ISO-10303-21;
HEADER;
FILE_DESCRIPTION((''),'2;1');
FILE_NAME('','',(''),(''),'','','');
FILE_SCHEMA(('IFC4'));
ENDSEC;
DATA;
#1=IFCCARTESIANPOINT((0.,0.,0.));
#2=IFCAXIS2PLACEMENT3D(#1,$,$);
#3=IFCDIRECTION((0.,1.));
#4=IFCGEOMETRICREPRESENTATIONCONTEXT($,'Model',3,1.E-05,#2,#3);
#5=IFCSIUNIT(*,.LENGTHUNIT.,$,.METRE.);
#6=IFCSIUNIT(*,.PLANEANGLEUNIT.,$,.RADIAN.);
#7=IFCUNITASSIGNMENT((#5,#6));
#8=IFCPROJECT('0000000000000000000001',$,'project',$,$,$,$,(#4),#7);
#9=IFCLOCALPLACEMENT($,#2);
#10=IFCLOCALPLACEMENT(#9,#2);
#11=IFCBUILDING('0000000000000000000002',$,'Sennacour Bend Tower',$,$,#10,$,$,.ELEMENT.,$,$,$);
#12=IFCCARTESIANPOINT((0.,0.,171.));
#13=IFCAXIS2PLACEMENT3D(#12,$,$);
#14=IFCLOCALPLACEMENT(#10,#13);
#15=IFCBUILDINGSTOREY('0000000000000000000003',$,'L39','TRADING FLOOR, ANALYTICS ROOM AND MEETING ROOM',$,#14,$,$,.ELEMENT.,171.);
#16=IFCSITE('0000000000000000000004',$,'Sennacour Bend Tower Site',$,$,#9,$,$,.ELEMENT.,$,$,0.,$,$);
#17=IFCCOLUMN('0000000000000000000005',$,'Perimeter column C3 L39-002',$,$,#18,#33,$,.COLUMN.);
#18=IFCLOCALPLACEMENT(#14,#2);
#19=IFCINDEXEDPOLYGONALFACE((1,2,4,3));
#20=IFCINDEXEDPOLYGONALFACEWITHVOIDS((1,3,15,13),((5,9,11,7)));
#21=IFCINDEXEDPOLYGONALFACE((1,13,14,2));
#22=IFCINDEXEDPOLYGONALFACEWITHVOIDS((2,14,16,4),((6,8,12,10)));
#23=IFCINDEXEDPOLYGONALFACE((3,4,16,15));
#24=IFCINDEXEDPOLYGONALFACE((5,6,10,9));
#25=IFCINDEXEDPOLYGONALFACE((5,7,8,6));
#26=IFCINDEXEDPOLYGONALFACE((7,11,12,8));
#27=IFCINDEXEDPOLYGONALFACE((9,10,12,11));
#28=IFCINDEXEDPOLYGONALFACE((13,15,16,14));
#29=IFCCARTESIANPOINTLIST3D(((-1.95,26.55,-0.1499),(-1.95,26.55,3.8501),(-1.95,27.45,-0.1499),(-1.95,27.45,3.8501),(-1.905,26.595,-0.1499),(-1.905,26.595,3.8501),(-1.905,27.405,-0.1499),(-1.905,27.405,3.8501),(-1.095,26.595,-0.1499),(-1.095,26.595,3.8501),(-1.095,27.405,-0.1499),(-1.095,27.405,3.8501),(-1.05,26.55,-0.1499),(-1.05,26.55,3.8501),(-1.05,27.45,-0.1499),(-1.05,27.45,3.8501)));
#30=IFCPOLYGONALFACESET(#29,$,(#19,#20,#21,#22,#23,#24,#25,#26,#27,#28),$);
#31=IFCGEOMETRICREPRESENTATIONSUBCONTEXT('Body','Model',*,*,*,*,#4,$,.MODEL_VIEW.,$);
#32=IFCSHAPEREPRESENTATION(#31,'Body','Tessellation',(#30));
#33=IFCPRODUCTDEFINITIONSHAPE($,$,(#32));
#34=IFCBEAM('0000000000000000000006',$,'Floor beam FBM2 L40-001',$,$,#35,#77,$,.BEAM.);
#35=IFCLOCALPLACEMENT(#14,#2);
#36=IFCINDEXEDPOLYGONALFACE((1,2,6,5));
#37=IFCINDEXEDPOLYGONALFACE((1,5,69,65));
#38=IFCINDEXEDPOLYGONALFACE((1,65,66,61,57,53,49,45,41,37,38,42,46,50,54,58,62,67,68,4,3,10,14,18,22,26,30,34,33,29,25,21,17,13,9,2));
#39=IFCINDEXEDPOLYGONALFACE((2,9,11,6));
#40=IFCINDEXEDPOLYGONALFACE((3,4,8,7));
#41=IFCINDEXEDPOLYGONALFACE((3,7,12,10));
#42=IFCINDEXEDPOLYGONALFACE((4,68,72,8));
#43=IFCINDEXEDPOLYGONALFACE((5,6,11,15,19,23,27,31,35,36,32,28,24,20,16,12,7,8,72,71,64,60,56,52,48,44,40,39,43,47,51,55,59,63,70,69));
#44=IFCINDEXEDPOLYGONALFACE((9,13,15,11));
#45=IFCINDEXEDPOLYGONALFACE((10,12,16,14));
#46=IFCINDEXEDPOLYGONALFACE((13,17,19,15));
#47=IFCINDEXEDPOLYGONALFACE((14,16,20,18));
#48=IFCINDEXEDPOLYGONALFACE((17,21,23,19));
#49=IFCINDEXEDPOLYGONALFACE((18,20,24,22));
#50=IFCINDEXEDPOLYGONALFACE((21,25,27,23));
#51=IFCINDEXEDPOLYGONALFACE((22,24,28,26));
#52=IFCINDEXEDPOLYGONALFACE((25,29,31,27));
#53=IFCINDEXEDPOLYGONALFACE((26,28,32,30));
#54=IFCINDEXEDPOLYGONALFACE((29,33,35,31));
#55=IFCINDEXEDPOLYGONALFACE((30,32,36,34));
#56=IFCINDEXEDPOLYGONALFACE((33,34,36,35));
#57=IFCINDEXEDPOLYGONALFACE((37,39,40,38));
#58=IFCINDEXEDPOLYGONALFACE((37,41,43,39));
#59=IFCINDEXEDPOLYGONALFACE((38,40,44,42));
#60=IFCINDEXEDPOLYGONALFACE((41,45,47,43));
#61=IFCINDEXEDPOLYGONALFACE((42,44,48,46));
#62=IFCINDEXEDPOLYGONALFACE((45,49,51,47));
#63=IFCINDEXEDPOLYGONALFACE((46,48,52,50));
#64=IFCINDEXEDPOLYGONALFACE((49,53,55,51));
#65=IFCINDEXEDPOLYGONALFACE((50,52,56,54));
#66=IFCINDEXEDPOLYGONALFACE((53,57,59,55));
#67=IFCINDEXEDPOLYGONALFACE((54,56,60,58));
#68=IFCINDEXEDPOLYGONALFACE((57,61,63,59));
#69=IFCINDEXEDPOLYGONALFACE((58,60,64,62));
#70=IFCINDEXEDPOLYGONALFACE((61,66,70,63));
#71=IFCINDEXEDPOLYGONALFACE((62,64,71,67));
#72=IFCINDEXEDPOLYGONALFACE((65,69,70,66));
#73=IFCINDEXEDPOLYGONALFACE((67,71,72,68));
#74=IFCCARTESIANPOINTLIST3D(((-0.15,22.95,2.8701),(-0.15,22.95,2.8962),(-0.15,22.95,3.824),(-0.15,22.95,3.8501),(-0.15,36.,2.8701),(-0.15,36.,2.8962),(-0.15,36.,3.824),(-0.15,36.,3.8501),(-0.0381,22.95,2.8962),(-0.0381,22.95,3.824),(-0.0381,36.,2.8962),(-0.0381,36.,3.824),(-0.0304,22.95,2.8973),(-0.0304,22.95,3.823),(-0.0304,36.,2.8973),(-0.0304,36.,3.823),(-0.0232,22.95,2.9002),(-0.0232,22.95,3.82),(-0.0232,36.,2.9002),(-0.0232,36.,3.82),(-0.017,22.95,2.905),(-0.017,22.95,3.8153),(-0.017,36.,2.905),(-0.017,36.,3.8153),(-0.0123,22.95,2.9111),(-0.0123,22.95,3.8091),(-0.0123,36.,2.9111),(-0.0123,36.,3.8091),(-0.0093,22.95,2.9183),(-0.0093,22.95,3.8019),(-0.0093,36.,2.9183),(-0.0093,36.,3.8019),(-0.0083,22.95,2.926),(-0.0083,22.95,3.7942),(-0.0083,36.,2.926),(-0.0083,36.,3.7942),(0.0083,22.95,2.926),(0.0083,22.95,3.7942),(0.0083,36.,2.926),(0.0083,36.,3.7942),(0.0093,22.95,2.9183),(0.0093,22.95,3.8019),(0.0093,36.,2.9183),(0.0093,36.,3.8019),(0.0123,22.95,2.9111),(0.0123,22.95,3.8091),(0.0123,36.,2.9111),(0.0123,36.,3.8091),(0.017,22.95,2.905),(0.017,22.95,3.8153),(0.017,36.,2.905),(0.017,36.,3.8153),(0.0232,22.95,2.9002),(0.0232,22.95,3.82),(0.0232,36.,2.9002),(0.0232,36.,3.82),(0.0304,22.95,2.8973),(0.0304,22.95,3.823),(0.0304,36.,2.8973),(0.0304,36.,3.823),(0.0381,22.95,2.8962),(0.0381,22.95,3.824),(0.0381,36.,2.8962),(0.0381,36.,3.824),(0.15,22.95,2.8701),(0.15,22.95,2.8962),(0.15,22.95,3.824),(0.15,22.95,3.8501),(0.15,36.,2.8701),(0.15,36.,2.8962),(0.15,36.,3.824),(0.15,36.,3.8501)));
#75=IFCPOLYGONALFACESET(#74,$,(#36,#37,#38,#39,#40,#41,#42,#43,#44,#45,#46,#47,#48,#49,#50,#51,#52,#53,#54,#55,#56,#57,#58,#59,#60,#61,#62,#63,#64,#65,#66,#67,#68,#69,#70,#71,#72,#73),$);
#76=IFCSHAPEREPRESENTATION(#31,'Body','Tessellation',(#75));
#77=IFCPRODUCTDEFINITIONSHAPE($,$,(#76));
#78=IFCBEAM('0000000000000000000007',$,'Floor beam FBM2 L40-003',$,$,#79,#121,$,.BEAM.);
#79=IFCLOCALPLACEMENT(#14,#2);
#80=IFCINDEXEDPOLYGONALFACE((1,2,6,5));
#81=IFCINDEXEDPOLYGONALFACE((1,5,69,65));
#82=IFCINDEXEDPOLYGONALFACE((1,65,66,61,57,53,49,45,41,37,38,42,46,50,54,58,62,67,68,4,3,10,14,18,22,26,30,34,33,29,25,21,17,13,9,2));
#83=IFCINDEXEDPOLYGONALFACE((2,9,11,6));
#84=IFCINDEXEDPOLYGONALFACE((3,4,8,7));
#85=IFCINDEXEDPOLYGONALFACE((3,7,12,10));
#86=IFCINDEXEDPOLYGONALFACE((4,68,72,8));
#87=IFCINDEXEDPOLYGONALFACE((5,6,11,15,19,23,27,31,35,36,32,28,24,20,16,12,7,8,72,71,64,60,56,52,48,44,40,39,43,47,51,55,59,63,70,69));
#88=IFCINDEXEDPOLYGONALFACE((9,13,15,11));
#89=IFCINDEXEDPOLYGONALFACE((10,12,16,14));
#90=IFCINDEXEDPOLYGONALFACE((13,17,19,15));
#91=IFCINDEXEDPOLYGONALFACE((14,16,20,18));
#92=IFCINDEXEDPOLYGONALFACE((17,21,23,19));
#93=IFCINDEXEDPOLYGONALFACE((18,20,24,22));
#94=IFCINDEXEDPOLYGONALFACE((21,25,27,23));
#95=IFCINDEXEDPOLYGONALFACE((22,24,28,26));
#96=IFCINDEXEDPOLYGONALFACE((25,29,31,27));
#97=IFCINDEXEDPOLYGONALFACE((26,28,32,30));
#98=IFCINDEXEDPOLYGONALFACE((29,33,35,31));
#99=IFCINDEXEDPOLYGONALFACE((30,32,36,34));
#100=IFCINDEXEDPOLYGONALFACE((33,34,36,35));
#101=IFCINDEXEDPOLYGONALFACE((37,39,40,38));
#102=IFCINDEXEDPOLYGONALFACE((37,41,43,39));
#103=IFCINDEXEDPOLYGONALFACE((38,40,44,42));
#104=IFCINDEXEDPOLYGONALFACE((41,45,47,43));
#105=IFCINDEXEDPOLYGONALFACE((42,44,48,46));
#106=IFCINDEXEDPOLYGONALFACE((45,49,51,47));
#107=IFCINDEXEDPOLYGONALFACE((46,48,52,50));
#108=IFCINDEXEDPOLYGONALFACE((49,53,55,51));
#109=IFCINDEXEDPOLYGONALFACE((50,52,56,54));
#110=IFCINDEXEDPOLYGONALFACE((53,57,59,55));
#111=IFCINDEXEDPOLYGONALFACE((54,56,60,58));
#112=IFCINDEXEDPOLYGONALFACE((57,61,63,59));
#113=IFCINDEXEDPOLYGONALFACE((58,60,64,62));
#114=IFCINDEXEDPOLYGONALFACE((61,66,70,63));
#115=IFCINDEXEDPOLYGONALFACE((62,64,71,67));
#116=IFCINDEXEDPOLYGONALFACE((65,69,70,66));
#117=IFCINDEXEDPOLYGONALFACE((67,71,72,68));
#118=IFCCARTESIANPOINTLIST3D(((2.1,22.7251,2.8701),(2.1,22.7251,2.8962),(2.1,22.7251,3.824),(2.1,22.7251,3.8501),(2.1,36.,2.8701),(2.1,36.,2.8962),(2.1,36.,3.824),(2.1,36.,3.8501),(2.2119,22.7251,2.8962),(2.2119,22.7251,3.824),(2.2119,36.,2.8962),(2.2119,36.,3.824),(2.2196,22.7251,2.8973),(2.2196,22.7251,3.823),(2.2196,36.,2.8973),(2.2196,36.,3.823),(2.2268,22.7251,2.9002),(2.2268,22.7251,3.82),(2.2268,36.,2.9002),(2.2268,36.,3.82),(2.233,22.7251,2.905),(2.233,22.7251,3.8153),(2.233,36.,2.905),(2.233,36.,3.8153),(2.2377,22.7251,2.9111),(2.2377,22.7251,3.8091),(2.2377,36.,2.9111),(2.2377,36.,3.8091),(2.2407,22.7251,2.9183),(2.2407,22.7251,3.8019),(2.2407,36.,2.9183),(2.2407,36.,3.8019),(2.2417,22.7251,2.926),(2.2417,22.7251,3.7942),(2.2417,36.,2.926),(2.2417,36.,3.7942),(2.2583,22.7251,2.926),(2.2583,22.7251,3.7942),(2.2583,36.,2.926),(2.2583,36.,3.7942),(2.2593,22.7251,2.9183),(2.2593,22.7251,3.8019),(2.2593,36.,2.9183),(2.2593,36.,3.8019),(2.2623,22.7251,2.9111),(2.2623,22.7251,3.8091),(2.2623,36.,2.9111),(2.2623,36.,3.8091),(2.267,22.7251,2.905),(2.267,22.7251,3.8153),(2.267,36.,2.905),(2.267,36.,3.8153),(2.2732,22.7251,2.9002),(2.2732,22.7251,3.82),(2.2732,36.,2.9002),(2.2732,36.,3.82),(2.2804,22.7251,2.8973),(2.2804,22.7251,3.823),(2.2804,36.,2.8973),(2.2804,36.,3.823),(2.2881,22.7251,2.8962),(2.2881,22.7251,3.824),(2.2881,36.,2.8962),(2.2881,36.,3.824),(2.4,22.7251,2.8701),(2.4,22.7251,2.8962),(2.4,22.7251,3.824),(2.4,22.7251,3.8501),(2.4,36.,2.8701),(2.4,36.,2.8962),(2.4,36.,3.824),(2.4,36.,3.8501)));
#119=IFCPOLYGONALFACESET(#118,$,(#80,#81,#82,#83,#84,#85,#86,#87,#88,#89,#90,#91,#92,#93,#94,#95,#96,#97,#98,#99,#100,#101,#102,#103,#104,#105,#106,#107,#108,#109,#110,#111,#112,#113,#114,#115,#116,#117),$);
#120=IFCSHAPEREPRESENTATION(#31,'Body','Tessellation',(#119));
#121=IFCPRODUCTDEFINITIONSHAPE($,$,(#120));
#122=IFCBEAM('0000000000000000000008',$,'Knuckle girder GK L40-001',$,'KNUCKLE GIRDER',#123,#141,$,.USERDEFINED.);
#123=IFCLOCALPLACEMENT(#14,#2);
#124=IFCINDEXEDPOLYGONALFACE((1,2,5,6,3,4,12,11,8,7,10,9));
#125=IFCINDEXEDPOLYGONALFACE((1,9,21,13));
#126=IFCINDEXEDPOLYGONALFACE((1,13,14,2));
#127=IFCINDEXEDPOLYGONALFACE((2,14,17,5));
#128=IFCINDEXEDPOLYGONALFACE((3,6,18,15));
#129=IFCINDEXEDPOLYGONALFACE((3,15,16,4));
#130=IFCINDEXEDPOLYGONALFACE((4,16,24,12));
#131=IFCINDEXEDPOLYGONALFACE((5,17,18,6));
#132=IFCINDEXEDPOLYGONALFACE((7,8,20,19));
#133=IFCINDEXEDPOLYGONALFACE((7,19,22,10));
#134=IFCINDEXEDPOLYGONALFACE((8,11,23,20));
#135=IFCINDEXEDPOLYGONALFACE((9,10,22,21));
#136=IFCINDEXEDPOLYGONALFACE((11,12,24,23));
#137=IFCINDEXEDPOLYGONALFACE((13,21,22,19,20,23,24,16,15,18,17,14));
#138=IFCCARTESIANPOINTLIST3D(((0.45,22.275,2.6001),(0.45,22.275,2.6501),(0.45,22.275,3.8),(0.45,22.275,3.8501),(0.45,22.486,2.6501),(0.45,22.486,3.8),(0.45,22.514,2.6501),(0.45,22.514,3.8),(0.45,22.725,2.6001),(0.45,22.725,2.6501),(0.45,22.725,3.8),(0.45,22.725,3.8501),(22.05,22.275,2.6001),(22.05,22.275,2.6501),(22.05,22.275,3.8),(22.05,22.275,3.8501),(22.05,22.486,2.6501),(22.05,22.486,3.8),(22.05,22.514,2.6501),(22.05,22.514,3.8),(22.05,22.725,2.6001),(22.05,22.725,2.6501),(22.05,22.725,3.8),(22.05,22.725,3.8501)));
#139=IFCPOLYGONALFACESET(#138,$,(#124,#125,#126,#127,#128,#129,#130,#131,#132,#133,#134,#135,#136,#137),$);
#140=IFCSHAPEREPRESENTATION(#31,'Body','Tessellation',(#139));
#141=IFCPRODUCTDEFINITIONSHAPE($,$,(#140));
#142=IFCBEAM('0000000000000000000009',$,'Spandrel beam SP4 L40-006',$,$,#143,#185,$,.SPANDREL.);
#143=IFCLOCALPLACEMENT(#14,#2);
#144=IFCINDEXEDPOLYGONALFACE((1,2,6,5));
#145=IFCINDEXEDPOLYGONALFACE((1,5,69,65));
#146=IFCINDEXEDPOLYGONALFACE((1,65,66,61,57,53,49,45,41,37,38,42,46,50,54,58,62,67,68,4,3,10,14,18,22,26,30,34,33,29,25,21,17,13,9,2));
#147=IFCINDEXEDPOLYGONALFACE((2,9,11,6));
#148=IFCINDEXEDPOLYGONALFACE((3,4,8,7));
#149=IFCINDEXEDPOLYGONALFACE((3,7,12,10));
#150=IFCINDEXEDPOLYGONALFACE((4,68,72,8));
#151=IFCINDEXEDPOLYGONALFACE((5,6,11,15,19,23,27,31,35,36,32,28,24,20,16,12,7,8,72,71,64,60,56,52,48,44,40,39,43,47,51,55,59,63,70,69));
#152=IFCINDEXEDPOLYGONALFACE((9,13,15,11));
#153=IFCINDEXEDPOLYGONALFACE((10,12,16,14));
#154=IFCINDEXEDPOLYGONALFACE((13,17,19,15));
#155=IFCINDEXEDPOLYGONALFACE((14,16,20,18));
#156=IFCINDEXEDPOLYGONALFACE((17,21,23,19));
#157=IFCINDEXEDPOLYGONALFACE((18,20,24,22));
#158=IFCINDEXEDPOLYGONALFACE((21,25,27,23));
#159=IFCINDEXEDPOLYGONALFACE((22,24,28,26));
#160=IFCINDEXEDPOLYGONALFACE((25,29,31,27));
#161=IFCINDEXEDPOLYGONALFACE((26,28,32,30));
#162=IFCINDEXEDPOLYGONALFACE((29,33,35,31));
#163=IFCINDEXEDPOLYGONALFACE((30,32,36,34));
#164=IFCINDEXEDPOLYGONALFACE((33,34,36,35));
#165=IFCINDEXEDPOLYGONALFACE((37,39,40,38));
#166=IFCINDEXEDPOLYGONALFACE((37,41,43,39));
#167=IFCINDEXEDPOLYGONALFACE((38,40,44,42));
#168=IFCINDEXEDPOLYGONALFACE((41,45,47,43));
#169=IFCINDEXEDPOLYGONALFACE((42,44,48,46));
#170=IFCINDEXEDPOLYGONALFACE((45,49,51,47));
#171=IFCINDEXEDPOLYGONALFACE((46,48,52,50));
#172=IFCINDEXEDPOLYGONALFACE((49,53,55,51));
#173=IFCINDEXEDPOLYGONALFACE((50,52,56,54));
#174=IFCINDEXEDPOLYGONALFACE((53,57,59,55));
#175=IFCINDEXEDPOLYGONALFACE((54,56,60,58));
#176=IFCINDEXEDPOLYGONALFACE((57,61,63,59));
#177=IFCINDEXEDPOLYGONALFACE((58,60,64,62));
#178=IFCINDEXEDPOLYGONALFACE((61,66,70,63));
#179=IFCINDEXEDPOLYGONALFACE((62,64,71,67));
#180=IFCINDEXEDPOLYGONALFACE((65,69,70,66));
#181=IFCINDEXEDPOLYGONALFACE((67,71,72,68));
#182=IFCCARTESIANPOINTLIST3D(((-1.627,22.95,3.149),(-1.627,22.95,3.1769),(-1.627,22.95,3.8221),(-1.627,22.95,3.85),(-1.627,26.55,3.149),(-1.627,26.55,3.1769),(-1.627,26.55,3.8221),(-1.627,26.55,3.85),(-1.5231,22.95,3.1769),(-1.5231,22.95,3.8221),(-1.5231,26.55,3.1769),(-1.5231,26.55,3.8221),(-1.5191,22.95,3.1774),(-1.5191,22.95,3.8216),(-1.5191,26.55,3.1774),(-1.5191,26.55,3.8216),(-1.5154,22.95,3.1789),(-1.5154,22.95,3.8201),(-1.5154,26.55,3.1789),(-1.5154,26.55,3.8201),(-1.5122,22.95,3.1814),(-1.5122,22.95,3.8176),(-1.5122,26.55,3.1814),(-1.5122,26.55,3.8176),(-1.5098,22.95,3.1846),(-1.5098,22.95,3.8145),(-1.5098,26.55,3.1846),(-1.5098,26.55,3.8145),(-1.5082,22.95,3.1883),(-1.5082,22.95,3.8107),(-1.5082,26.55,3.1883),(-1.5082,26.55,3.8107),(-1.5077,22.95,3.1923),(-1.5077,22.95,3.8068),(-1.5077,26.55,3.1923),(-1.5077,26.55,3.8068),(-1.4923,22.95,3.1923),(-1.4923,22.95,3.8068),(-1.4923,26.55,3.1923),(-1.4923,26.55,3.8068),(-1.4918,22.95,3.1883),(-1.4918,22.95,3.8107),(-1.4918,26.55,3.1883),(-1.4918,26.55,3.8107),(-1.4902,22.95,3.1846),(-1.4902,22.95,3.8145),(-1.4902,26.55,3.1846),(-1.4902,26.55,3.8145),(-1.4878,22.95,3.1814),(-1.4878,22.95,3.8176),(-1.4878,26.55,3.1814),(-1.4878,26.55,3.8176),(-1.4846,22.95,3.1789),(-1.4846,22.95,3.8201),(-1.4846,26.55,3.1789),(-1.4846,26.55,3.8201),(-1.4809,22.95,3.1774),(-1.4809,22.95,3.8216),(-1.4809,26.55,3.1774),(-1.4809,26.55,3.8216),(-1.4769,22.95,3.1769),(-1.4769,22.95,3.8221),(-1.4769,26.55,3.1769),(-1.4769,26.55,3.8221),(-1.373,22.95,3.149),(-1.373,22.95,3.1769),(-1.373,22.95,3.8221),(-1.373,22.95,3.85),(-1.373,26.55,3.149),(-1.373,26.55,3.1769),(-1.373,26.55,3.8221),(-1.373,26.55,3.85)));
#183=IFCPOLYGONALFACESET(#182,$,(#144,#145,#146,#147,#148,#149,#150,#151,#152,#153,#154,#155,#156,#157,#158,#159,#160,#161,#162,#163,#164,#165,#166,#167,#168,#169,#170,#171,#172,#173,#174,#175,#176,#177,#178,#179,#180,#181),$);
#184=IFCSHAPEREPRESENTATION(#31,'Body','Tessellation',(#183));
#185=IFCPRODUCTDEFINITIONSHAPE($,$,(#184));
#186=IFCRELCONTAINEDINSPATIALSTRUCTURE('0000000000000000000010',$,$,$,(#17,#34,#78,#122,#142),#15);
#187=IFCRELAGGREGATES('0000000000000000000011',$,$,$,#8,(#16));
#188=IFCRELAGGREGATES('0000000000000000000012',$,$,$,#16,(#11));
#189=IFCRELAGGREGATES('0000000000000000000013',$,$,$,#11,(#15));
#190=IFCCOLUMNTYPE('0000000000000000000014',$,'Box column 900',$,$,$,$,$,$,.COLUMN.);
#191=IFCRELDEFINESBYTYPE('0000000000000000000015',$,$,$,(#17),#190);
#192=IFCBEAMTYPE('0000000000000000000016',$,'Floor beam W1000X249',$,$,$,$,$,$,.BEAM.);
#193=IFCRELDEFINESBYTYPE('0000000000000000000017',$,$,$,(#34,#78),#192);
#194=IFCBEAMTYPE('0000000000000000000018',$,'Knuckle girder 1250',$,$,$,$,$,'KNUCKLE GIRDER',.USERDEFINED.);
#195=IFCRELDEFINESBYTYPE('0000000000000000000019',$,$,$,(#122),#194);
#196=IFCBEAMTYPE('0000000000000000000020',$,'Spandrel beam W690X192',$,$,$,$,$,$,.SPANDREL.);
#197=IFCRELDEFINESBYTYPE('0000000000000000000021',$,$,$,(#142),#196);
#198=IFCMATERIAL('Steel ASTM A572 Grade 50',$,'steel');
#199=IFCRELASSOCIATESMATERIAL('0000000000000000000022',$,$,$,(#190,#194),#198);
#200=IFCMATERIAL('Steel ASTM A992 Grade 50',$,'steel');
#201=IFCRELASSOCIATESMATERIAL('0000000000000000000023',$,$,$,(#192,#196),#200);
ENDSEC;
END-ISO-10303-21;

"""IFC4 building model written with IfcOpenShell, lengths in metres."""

from ifc_helpers import new_model, si_unit, direction, frame, origin, origin_2d, place, context, subcontext, project, spatial, hollow_rectangle, i_section, extrude, material, material_profile, profile_set, type_object, element, save


model = new_model("IFC4")

# Units and contexts
model_context = context("Model", 3, precision=1e-05, world=origin(), true_north=direction((0.0, 1.0)))
body_context = subcontext(model_context, "Body", "Model", "MODEL_VIEW")
ifc_project = project(units=[si_unit("LENGTHUNIT", "METRE"), si_unit("PLANEANGLEUNIT", "RADIAN")], contexts=[model_context])

# Site, building, storey
site_placement = place(None, origin())
site = spatial("IfcSite", under=ifc_project, at=site_placement, Name="Sennacour Bend Tower Site", CompositionType="ELEMENT", RefElevation=0.0)
building_placement = place(site_placement, origin())
building = spatial("IfcBuilding", under=site, at=building_placement, Name="Sennacour Bend Tower", CompositionType="ELEMENT")
storey_placement = place(building_placement, frame((0.0, 0.0, 171.0)))
storey = spatial("IfcBuildingStorey", under=building, at=storey_placement, Name="L39", Description="TRADING FLOOR, ANALYTICS ROOM AND MEETING ROOM", CompositionType="ELEMENT", Elevation=171.0)

# Column
ifc_material_1 = material(Name="Steel ASTM A572 Grade 50", Category="steel")
ifc_material_profile_1 = material_profile(ifc_material_1, hollow_rectangle(XDim=0.8999, YDim=0.8999, WallThickness=0.0449, at=origin_2d()), Name="Steel ASTM A572 Grade 50", Category="steel")
ifc_profile_set_1 = profile_set([ifc_material_profile_1], Name="Steel ASTM A572 Grade 50")
column_type = type_object("IfcColumnType", Name="Box column 900", PredefinedType="COLUMN", material=ifc_profile_set_1)
column_placement = place(storey_placement, frame((-1.5, 27.0, -0.1499), z_axis=(0.0, 0.0, 1.0), x_axis=(1.0, 0.0, 0.0)))
element("IfcColumn", 1, at=column_placement, inside=storey, type_object=column_type, Name="Perimeter column C3 L39-002", PredefinedType="COLUMN", context=body_context, shape_type="SweptSolid", body=[
    extrude(hollow_rectangle(XDim=0.8999, YDim=0.8999, WallThickness=0.0449, at=origin_2d()), origin(), (0.0, 0.0, 1.0), 4.0),
])

# Beams
ifc_material_2 = material(Name="Steel ASTM A992 Grade 50", Category="steel")
ifc_material_profile_2 = material_profile(ifc_material_2, i_section(OverallWidth=0.3, OverallDepth=0.98, WebThickness=0.0166, FlangeThickness=0.0261, FilletRadius=0.0298, at=origin_2d()), Name="Steel ASTM A992 Grade 50", Category="steel")
ifc_profile_set_2 = profile_set([ifc_material_profile_2], Name="Steel ASTM A992 Grade 50")
beam_type_1 = type_object("IfcBeamType", Name="Floor beam W1000X249", PredefinedType="BEAM", material=ifc_profile_set_2)
beam_1_placement = place(storey_placement, frame((0.0, 22.95, 3.3601), z_axis=(0.0, 1.0, 0.0), x_axis=(-1.0, 0.0, 0.0)))
element("IfcBeam", 2, at=beam_1_placement, inside=storey, type_object=beam_type_1, Name="Floor beam FBM2 L40-001", PredefinedType="BEAM", context=body_context, shape_type="SweptSolid", body=[
    extrude(i_section(OverallWidth=0.3, OverallDepth=0.98, WebThickness=0.0166, FlangeThickness=0.0261, FilletRadius=0.0298, at=origin_2d()), origin(), (0.0, 0.0, 1.0), 13.05),
])
beam_2_placement = place(storey_placement, frame((2.25, 22.7251, 3.3601), z_axis=(0.0, 1.0, 0.0), x_axis=(-1.0, 0.0, 0.0)))
element("IfcBeam", 3, at=beam_2_placement, inside=storey, type_object=beam_type_1, Name="Floor beam FBM2 L40-003", PredefinedType="BEAM", context=body_context, shape_type="SweptSolid", body=[
    extrude(i_section(OverallWidth=0.3, OverallDepth=0.98, WebThickness=0.0166, FlangeThickness=0.0261, FilletRadius=0.0298, at=origin_2d()), origin(), (0.0, 0.0, 1.0), 13.2749),
])
ifc_material_profile_3 = material_profile(ifc_material_1, i_section(OverallWidth=0.45, OverallDepth=1.25, WebThickness=0.0281, FlangeThickness=0.05, at=origin_2d()), Name="Steel ASTM A572 Grade 50", Category="steel")
ifc_profile_set_3 = profile_set([ifc_material_profile_3], Name="Steel ASTM A572 Grade 50")
beam_type_2 = type_object("IfcBeamType", Name="Knuckle girder 1250", ElementType="KNUCKLE GIRDER", PredefinedType="USERDEFINED", material=ifc_profile_set_3)
beam_3_placement = place(storey_placement, frame((0.45, 22.5, 3.2251), z_axis=(1.0, 0.0, 0.0), x_axis=(0.0, 1.0, 0.0)))
element("IfcBeam", 4, at=beam_3_placement, inside=storey, type_object=beam_type_2, Name="Knuckle girder GK L40-001", ObjectType="KNUCKLE GIRDER", PredefinedType="USERDEFINED", context=body_context, shape_type="SweptSolid", body=[
    extrude(i_section(OverallWidth=0.45, OverallDepth=1.25, WebThickness=0.0281, FlangeThickness=0.05, at=origin_2d()), origin(), (0.0, 0.0, 1.0), 21.6001),
])
ifc_material_profile_4 = material_profile(ifc_material_2, i_section(OverallWidth=0.2539, OverallDepth=0.7009, WebThickness=0.0154, FlangeThickness=0.0278, FilletRadius=0.0154, at=origin_2d()), Name="Steel ASTM A992 Grade 50", Category="steel")
ifc_profile_set_4 = profile_set([ifc_material_profile_4], Name="Steel ASTM A992 Grade 50")
beam_type_3 = type_object("IfcBeamType", Name="Spandrel beam W690X192", PredefinedType="SPANDREL", material=ifc_profile_set_4)
for number, where, z_axis, x_axis, name in (
    (5, (-1.5, 22.95, 3.4995), (0.0, 1.0, 0.0), (-1.0, 0.0, 0.0), "Spandrel beam SP4 L40-006"),
):
    element("IfcBeam", number, at=place(storey_placement, frame(where, z_axis=z_axis, x_axis=x_axis)), inside=storey, type_object=beam_type_3, Name=name, PredefinedType="SPANDREL", context=body_context, shape_type="SweptSolid", body=[
        extrude(i_section(OverallWidth=0.2539, OverallDepth=0.7009, WebThickness=0.0154, FlangeThickness=0.0278, FilletRadius=0.0154, at=origin_2d()), origin(), (0.0, 0.0, 1.0), 3.6001),
    ])

save(model, "model.ifc")
